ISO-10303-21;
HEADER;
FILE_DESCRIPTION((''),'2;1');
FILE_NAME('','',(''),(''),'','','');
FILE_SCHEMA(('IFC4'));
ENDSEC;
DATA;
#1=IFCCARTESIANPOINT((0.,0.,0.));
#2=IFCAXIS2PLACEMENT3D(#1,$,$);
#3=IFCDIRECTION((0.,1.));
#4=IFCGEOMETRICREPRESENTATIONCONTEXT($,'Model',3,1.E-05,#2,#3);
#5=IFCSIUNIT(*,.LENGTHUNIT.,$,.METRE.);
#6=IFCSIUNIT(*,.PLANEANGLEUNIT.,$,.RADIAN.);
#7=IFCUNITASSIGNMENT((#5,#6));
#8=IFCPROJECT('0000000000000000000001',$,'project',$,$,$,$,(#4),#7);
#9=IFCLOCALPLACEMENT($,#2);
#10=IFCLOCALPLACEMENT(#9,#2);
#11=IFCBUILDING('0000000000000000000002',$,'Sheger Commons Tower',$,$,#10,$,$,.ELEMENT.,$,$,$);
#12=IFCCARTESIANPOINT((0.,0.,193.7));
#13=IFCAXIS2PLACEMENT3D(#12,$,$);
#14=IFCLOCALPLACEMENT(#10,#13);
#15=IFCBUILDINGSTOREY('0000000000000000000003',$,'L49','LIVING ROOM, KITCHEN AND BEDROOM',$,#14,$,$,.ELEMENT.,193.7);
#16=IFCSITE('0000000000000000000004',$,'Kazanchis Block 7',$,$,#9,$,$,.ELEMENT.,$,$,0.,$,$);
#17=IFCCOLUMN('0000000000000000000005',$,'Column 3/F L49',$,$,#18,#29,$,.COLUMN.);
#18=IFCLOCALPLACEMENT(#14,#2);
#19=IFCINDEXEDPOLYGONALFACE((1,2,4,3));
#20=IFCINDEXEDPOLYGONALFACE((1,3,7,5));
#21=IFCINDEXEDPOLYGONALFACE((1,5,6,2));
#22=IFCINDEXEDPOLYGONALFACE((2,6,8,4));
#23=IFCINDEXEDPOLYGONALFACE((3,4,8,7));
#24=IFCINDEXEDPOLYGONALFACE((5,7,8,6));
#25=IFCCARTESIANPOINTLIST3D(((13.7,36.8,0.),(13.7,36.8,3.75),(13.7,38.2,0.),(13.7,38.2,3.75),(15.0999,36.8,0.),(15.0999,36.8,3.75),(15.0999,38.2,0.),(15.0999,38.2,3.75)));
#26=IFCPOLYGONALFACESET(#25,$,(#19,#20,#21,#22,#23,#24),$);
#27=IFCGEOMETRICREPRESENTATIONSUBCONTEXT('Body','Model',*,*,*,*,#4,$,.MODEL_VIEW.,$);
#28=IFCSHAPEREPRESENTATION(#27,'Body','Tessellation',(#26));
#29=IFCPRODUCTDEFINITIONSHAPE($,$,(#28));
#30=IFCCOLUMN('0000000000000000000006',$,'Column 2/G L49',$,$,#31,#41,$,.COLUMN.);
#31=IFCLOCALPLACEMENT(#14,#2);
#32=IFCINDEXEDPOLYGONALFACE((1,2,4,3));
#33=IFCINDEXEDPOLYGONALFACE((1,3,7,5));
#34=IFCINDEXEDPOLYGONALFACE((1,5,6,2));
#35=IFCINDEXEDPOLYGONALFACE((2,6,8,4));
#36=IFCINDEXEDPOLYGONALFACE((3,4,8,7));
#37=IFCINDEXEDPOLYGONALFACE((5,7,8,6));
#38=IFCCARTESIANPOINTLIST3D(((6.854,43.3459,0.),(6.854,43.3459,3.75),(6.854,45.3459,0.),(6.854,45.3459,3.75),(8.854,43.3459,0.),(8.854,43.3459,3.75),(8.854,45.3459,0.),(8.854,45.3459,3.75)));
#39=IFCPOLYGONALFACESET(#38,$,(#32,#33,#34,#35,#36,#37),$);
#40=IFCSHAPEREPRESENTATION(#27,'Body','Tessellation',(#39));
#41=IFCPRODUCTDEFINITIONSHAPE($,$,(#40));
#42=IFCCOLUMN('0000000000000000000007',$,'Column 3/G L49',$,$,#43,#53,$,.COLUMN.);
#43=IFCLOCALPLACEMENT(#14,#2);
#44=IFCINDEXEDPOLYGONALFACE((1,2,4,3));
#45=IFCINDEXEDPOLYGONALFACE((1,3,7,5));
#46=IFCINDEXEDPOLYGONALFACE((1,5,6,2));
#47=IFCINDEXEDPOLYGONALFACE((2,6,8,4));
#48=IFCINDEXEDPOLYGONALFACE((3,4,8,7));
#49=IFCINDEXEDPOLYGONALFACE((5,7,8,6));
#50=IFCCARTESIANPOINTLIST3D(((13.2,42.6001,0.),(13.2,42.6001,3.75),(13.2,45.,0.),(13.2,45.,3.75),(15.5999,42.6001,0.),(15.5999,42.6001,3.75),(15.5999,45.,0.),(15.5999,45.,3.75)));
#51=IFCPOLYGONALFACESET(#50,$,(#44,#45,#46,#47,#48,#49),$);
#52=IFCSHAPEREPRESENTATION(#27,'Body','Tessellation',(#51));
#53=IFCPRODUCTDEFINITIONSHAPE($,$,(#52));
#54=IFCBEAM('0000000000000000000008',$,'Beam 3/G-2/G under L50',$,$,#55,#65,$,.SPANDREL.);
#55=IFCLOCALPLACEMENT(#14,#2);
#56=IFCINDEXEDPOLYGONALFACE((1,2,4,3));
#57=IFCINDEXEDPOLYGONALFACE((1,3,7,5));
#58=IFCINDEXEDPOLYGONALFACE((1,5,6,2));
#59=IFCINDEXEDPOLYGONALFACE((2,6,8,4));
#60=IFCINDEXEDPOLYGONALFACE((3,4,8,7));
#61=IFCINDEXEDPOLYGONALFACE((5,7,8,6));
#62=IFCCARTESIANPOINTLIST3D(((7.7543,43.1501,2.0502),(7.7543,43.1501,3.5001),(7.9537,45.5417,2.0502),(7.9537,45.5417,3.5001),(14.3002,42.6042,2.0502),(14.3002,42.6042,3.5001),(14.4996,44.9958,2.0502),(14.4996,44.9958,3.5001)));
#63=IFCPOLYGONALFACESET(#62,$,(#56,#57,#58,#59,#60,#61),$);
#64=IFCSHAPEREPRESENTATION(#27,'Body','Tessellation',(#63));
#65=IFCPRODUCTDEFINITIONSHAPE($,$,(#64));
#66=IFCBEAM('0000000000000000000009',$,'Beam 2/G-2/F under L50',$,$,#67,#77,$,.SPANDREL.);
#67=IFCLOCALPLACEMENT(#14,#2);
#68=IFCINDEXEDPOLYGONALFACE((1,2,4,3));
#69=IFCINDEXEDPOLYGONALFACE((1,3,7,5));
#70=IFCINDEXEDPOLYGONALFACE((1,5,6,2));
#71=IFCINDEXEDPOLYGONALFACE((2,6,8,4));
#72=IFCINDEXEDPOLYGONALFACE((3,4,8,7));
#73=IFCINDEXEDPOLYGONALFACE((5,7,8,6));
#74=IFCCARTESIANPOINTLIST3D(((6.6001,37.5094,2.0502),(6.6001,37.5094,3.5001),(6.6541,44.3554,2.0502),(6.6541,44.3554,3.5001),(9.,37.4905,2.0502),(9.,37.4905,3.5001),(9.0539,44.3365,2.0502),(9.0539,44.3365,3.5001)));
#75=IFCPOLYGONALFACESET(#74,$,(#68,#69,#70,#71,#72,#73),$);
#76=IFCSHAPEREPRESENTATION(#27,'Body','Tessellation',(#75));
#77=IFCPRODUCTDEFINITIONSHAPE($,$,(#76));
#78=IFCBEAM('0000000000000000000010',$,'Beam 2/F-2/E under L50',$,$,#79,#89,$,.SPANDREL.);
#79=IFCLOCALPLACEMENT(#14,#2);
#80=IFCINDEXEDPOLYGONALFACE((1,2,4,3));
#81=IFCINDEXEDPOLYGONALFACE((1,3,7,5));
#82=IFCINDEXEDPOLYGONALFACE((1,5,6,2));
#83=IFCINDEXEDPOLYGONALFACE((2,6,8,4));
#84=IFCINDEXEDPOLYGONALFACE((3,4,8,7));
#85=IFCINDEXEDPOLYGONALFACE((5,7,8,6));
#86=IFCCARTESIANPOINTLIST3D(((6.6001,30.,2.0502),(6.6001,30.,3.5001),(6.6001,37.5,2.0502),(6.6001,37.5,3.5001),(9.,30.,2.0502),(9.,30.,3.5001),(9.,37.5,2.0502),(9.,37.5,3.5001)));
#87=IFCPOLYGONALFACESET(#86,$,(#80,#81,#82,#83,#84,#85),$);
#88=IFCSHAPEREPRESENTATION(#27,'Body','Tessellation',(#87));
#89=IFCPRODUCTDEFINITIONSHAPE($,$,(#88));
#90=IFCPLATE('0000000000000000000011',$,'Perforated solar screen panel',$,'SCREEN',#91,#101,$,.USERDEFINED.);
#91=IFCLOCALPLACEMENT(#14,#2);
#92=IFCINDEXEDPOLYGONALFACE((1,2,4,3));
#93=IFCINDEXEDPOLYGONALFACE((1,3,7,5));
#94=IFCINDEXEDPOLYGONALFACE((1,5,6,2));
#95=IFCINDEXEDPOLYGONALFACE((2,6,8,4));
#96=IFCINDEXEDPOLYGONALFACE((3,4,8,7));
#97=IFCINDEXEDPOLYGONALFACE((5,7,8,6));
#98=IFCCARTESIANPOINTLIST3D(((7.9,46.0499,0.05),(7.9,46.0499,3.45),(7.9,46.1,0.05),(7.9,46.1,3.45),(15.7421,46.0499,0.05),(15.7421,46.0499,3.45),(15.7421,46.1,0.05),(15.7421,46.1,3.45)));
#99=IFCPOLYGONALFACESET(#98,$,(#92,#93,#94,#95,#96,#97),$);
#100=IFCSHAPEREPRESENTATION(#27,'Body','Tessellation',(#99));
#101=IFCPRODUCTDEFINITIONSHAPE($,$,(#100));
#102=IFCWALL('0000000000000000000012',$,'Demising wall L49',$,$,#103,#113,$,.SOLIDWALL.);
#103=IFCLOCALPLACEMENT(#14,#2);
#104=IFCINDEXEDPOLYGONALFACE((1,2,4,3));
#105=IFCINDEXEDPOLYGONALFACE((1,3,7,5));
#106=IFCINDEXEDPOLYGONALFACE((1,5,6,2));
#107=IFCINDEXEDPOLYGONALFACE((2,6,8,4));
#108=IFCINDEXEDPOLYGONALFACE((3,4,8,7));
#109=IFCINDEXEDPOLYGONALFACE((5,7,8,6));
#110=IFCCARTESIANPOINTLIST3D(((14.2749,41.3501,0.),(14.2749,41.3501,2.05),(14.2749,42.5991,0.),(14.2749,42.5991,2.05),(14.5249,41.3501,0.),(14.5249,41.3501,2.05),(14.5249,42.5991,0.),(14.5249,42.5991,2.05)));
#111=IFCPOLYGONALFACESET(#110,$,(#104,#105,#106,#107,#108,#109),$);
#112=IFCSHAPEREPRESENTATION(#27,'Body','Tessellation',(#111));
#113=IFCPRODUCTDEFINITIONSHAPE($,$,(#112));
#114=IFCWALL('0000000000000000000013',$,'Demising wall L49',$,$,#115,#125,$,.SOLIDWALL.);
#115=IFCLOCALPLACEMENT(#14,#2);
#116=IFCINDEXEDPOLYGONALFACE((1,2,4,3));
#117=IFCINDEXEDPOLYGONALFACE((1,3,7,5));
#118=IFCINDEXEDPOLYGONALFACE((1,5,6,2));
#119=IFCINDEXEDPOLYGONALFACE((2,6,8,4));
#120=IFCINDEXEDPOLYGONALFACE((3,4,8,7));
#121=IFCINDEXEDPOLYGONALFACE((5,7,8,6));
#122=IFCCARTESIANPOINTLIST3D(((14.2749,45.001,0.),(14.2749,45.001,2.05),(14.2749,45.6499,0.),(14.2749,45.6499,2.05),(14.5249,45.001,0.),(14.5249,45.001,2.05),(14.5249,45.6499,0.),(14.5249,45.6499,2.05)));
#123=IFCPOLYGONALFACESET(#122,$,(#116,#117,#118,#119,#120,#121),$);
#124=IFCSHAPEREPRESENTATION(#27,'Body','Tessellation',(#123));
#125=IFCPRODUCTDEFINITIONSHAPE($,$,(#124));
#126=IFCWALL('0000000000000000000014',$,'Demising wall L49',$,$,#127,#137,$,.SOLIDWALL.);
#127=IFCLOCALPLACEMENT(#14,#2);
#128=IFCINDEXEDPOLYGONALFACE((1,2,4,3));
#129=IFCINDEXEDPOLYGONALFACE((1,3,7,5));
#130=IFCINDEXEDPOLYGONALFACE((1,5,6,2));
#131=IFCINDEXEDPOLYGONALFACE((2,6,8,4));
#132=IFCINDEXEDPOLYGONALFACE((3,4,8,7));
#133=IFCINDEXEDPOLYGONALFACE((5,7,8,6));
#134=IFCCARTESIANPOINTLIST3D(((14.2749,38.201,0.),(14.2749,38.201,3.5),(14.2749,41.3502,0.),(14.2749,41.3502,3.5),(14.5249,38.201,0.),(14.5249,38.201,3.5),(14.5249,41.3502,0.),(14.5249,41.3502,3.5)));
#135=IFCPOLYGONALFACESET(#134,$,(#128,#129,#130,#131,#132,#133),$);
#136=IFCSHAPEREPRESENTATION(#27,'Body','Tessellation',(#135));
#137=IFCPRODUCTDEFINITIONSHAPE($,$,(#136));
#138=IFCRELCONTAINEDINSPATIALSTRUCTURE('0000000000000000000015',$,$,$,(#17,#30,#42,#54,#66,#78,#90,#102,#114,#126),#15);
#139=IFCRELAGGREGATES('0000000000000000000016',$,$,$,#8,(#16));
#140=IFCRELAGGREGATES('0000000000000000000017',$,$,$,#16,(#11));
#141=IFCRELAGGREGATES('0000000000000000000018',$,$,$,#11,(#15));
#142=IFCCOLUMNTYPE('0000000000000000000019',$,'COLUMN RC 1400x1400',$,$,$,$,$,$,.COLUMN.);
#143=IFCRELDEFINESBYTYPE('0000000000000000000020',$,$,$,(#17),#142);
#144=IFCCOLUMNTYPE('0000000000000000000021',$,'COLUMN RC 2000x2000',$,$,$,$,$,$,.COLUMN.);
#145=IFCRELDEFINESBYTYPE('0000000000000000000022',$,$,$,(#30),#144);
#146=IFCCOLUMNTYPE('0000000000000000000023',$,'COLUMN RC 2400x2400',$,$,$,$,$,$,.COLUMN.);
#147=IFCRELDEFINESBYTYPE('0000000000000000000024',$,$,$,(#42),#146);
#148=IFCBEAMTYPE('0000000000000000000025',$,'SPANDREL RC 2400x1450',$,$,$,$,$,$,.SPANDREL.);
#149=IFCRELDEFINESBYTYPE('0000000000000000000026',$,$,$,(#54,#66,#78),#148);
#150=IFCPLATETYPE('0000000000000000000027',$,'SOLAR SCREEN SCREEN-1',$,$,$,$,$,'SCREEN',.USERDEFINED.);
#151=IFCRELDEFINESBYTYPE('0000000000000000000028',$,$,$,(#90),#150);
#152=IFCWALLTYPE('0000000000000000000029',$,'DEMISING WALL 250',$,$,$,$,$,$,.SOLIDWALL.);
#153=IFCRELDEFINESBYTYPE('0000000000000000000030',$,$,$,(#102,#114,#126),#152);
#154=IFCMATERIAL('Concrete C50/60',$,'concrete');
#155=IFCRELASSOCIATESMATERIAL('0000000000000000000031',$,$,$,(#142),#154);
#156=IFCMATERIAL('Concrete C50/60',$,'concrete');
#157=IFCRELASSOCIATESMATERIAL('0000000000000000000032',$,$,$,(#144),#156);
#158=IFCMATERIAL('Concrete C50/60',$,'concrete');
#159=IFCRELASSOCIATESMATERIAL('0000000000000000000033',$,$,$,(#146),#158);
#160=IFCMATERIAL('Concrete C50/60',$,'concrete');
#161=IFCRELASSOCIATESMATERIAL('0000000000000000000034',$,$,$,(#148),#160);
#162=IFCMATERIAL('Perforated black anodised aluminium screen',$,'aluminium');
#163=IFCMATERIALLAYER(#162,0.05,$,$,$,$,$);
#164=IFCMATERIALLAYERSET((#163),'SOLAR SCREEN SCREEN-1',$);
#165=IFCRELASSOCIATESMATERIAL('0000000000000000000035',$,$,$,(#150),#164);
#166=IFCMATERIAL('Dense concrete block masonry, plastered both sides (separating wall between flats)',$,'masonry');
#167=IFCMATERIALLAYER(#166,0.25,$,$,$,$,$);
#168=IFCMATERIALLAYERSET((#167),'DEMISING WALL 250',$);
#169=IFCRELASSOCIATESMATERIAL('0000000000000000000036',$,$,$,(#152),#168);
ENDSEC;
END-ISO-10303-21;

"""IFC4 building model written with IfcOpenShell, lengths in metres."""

from ifc_helpers import new_model, si_unit, direction, frame, frame_2d, origin, origin_2d, place, context, subcontext, project, spatial, rectangle, extrude, material, layer, layer_set, material_profile, profile_set, type_object, element, save


model = new_model("IFC4")

# Units and contexts
model_context = context("Model", 3, precision=1e-05, world=origin(), true_north=direction((0.0, 1.0)))
body_context = subcontext(model_context, "Body", "Model", "MODEL_VIEW")
ifc_project = project(units=[si_unit("LENGTHUNIT", "METRE"), si_unit("PLANEANGLEUNIT", "RADIAN")], contexts=[model_context])

# Site, building, storey
site_placement = place(None, origin())
site = spatial("IfcSite", under=ifc_project, at=site_placement, Name="Kazanchis Block 7", CompositionType="ELEMENT", RefElevation=0.0)
building_placement = place(site_placement, origin())
building = spatial("IfcBuilding", under=site, at=building_placement, Name="Sheger Commons Tower", CompositionType="ELEMENT")
storey_placement = place(building_placement, frame((0.0, 0.0, 193.7)))
storey = spatial("IfcBuildingStorey", under=building, at=storey_placement, Name="L49", Description="LIVING ROOM, KITCHEN AND BEDROOM", CompositionType="ELEMENT", Elevation=193.7)

# Columns
ifc_material_1 = material(Name="Concrete C50/60", Category="concrete")
ifc_material_profile_1 = material_profile(ifc_material_1, rectangle(XDim=1.3999, YDim=1.3999, at=origin_2d()), Name="RC 1400x1400")
ifc_profile_set_1 = profile_set([ifc_material_profile_1], Name="Concrete C50/60")
column_type_1 = type_object("IfcColumnType", Name="COLUMN RC 1400x1400", PredefinedType="COLUMN", material=ifc_profile_set_1)
column_1_placement = place(storey_placement, frame((14.3999, 37.5, 0.0), z_axis=(0.0, 0.0, 1.0), x_axis=(1.0, 0.0, 0.0)))
element("IfcColumn", 1, at=column_1_placement, inside=storey, type_object=column_type_1, Name="Column 3/F L49", PredefinedType="COLUMN", context=body_context, shape_type="SweptSolid", body=[
    extrude(rectangle(XDim=1.3999, YDim=1.3999, at=origin_2d()), origin(), (0.0, 0.0, 1.0), 3.75),
])
ifc_material_2 = material(Name="Concrete C50/60", Category="concrete")
ifc_material_profile_2 = material_profile(ifc_material_2, rectangle(XDim=2.0, YDim=2.0, at=origin_2d()), Name="RC 2000x2000")
ifc_profile_set_2 = profile_set([ifc_material_profile_2], Name="Concrete C50/60")
column_type_2 = type_object("IfcColumnType", Name="COLUMN RC 2000x2000", PredefinedType="COLUMN", material=ifc_profile_set_2)
column_2_placement = place(storey_placement, frame((7.854, 44.3459, 0.0), z_axis=(0.0, 0.0, 1.0), x_axis=(1.0, 0.0, 0.0)))
element("IfcColumn", 2, at=column_2_placement, inside=storey, type_object=column_type_2, Name="Column 2/G L49", PredefinedType="COLUMN", context=body_context, shape_type="SweptSolid", body=[
    extrude(rectangle(XDim=2.0, YDim=2.0, at=origin_2d()), origin(), (0.0, 0.0, 1.0), 3.75),
])
ifc_material_3 = material(Name="Concrete C50/60", Category="concrete")
ifc_material_profile_3 = material_profile(ifc_material_3, rectangle(XDim=2.3999, YDim=2.3999, at=origin_2d()), Name="RC 2400x2400")
ifc_profile_set_3 = profile_set([ifc_material_profile_3], Name="Concrete C50/60")
column_type_3 = type_object("IfcColumnType", Name="COLUMN RC 2400x2400", PredefinedType="COLUMN", material=ifc_profile_set_3)
column_3_placement = place(storey_placement, frame((14.3999, 43.8, 0.0), z_axis=(0.0, 0.0, 1.0), x_axis=(1.0, 0.0, 0.0)))
element("IfcColumn", 3, at=column_3_placement, inside=storey, type_object=column_type_3, Name="Column 3/G L49", PredefinedType="COLUMN", context=body_context, shape_type="SweptSolid", body=[
    extrude(rectangle(XDim=2.3999, YDim=2.3999, at=origin_2d()), origin(), (0.0, 0.0, 1.0), 3.75),
])

# Beams
ifc_material_4 = material(Name="Concrete C50/60", Category="concrete")
ifc_material_profile_4 = material_profile(ifc_material_4, rectangle(XDim=2.3999, YDim=1.45, at=origin_2d()), Name="RC 2400x1450")
ifc_profile_set_4 = profile_set([ifc_material_profile_4], Name="Concrete C50/60")
beam_type = type_object("IfcBeamType", Name="SPANDREL RC 2400x1450", PredefinedType="SPANDREL", material=ifc_profile_set_4)
beam_1_placement = place(storey_placement, frame((14.3999, 43.8, 2.7751), z_axis=(-0.996541, 0.083107, 0.0), x_axis=(-0.083107, -0.996541, 0.0)))
element("IfcBeam", 4, at=beam_1_placement, inside=storey, type_object=beam_type, Name="Beam 3/G-2/G under L50", PredefinedType="SPANDREL", context=body_context, shape_type="SweptSolid", body=[
    extrude(rectangle(XDim=2.3999, YDim=1.45, at=origin_2d()), origin(), (0.0, 0.0, 1.0), 6.5686),
])
beam_2_placement = place(storey_placement, frame((7.854, 44.3459, 2.7751), z_axis=(-0.007881, -0.999969, 0.0), x_axis=(0.999969, -0.007881, 0.0)))
element("IfcBeam", 5, at=beam_2_placement, inside=storey, type_object=beam_type, Name="Beam 2/G-2/F under L50", PredefinedType="SPANDREL", context=body_context, shape_type="SweptSolid", body=[
    extrude(rectangle(XDim=2.3999, YDim=1.45, at=origin_2d()), origin(), (0.0, 0.0, 1.0), 6.8462),
])
beam_3_placement = place(storey_placement, frame((7.8, 37.5, 2.7751), z_axis=(0.0, -1.0, 0.0), x_axis=(1.0, 0.0, 0.0)))
element("IfcBeam", 6, at=beam_3_placement, inside=storey, type_object=beam_type, Name="Beam 2/F-2/E under L50", PredefinedType="SPANDREL", context=body_context, shape_type="SweptSolid", body=[
    extrude(rectangle(XDim=2.3999, YDim=1.45, at=origin_2d()), origin(), (0.0, 0.0, 1.0), 7.5),
])

# Plate
ifc_material_5 = material(Name="Perforated black anodised aluminium screen", Category="aluminium")
ifc_layer_1 = layer(ifc_material_5, 0.05)
ifc_layer_set_1 = layer_set([ifc_layer_1], Name="SOLAR SCREEN SCREEN-1")
plate_type = type_object("IfcPlateType", Name="SOLAR SCREEN SCREEN-1", ElementType="SCREEN", PredefinedType="USERDEFINED", material=ifc_layer_set_1)
plate_placement = place(storey_placement, frame((11.821, 46.075, 0.05), z_axis=(0.0, 0.0, 1.0), x_axis=(-1.0, 0.0, 0.0)))
element("IfcPlate", 7, at=plate_placement, inside=storey, type_object=plate_type, Name="Perforated solar screen panel", ObjectType="SCREEN", PredefinedType="USERDEFINED", context=body_context, shape_type="SweptSolid", body=[
    extrude(rectangle(XDim=7.842, YDim=0.05, at=origin_2d()), origin(), (0.0, 0.0, 1.0), 3.3999),
])

# Walls
ifc_material_6 = material(Name="Dense concrete block masonry, plastered both sides (separating wall between flats)", Category="masonry")
ifc_layer_2 = layer(ifc_material_6, 0.25)
ifc_layer_set_2 = layer_set([ifc_layer_2], Name="DEMISING WALL 250")
wall_type_1 = type_object("IfcWallType", Name="DEMISING WALL 250", PredefinedType="SOLIDWALL", material=ifc_layer_set_2)
wall_1_placement = place(storey_placement, frame((14.3999, 41.3501, 0.0), z_axis=(0.0, 0.0, 1.0), x_axis=(0.0, 1.0, 0.0)))
element("IfcWall", 8, at=wall_1_placement, inside=storey, type_object=wall_type_1, Name="Demising wall L49", PredefinedType="SOLIDWALL", context=body_context, shape_type="SweptSolid", body=[
    extrude(rectangle(XDim=1.249, YDim=0.25, at=frame_2d((0.6245, 0.0))), origin(), (0.0, 0.0, 1.0), 2.05),
])
wall_2_placement = place(storey_placement, frame((14.3999, 45.001, 0.0), z_axis=(0.0, 0.0, 1.0), x_axis=(0.0, 1.0, 0.0)))
element("IfcWall", 9, at=wall_2_placement, inside=storey, type_object=wall_type_1, Name="Demising wall L49", PredefinedType="SOLIDWALL", context=body_context, shape_type="SweptSolid", body=[
    extrude(rectangle(XDim=0.6489, YDim=0.25, at=frame_2d((0.3245, 0.0))), origin(), (0.0, 0.0, 1.0), 2.05),
])
wall_3_placement = place(storey_placement, frame((14.3999, 38.2009, 0.0), z_axis=(0.0, 0.0, 1.0), x_axis=(0.0, 1.0, 0.0)))
element("IfcWall", 10, at=wall_3_placement, inside=storey, type_object=wall_type_1, Name="Demising wall L49", PredefinedType="SOLIDWALL", context=body_context, shape_type="SweptSolid", body=[
    extrude(rectangle(XDim=3.1492, YDim=0.25, at=frame_2d((1.5747, 0.0))), origin(), (0.0, 0.0, 1.0), 3.5),
])

save(model, "model.ifc")
